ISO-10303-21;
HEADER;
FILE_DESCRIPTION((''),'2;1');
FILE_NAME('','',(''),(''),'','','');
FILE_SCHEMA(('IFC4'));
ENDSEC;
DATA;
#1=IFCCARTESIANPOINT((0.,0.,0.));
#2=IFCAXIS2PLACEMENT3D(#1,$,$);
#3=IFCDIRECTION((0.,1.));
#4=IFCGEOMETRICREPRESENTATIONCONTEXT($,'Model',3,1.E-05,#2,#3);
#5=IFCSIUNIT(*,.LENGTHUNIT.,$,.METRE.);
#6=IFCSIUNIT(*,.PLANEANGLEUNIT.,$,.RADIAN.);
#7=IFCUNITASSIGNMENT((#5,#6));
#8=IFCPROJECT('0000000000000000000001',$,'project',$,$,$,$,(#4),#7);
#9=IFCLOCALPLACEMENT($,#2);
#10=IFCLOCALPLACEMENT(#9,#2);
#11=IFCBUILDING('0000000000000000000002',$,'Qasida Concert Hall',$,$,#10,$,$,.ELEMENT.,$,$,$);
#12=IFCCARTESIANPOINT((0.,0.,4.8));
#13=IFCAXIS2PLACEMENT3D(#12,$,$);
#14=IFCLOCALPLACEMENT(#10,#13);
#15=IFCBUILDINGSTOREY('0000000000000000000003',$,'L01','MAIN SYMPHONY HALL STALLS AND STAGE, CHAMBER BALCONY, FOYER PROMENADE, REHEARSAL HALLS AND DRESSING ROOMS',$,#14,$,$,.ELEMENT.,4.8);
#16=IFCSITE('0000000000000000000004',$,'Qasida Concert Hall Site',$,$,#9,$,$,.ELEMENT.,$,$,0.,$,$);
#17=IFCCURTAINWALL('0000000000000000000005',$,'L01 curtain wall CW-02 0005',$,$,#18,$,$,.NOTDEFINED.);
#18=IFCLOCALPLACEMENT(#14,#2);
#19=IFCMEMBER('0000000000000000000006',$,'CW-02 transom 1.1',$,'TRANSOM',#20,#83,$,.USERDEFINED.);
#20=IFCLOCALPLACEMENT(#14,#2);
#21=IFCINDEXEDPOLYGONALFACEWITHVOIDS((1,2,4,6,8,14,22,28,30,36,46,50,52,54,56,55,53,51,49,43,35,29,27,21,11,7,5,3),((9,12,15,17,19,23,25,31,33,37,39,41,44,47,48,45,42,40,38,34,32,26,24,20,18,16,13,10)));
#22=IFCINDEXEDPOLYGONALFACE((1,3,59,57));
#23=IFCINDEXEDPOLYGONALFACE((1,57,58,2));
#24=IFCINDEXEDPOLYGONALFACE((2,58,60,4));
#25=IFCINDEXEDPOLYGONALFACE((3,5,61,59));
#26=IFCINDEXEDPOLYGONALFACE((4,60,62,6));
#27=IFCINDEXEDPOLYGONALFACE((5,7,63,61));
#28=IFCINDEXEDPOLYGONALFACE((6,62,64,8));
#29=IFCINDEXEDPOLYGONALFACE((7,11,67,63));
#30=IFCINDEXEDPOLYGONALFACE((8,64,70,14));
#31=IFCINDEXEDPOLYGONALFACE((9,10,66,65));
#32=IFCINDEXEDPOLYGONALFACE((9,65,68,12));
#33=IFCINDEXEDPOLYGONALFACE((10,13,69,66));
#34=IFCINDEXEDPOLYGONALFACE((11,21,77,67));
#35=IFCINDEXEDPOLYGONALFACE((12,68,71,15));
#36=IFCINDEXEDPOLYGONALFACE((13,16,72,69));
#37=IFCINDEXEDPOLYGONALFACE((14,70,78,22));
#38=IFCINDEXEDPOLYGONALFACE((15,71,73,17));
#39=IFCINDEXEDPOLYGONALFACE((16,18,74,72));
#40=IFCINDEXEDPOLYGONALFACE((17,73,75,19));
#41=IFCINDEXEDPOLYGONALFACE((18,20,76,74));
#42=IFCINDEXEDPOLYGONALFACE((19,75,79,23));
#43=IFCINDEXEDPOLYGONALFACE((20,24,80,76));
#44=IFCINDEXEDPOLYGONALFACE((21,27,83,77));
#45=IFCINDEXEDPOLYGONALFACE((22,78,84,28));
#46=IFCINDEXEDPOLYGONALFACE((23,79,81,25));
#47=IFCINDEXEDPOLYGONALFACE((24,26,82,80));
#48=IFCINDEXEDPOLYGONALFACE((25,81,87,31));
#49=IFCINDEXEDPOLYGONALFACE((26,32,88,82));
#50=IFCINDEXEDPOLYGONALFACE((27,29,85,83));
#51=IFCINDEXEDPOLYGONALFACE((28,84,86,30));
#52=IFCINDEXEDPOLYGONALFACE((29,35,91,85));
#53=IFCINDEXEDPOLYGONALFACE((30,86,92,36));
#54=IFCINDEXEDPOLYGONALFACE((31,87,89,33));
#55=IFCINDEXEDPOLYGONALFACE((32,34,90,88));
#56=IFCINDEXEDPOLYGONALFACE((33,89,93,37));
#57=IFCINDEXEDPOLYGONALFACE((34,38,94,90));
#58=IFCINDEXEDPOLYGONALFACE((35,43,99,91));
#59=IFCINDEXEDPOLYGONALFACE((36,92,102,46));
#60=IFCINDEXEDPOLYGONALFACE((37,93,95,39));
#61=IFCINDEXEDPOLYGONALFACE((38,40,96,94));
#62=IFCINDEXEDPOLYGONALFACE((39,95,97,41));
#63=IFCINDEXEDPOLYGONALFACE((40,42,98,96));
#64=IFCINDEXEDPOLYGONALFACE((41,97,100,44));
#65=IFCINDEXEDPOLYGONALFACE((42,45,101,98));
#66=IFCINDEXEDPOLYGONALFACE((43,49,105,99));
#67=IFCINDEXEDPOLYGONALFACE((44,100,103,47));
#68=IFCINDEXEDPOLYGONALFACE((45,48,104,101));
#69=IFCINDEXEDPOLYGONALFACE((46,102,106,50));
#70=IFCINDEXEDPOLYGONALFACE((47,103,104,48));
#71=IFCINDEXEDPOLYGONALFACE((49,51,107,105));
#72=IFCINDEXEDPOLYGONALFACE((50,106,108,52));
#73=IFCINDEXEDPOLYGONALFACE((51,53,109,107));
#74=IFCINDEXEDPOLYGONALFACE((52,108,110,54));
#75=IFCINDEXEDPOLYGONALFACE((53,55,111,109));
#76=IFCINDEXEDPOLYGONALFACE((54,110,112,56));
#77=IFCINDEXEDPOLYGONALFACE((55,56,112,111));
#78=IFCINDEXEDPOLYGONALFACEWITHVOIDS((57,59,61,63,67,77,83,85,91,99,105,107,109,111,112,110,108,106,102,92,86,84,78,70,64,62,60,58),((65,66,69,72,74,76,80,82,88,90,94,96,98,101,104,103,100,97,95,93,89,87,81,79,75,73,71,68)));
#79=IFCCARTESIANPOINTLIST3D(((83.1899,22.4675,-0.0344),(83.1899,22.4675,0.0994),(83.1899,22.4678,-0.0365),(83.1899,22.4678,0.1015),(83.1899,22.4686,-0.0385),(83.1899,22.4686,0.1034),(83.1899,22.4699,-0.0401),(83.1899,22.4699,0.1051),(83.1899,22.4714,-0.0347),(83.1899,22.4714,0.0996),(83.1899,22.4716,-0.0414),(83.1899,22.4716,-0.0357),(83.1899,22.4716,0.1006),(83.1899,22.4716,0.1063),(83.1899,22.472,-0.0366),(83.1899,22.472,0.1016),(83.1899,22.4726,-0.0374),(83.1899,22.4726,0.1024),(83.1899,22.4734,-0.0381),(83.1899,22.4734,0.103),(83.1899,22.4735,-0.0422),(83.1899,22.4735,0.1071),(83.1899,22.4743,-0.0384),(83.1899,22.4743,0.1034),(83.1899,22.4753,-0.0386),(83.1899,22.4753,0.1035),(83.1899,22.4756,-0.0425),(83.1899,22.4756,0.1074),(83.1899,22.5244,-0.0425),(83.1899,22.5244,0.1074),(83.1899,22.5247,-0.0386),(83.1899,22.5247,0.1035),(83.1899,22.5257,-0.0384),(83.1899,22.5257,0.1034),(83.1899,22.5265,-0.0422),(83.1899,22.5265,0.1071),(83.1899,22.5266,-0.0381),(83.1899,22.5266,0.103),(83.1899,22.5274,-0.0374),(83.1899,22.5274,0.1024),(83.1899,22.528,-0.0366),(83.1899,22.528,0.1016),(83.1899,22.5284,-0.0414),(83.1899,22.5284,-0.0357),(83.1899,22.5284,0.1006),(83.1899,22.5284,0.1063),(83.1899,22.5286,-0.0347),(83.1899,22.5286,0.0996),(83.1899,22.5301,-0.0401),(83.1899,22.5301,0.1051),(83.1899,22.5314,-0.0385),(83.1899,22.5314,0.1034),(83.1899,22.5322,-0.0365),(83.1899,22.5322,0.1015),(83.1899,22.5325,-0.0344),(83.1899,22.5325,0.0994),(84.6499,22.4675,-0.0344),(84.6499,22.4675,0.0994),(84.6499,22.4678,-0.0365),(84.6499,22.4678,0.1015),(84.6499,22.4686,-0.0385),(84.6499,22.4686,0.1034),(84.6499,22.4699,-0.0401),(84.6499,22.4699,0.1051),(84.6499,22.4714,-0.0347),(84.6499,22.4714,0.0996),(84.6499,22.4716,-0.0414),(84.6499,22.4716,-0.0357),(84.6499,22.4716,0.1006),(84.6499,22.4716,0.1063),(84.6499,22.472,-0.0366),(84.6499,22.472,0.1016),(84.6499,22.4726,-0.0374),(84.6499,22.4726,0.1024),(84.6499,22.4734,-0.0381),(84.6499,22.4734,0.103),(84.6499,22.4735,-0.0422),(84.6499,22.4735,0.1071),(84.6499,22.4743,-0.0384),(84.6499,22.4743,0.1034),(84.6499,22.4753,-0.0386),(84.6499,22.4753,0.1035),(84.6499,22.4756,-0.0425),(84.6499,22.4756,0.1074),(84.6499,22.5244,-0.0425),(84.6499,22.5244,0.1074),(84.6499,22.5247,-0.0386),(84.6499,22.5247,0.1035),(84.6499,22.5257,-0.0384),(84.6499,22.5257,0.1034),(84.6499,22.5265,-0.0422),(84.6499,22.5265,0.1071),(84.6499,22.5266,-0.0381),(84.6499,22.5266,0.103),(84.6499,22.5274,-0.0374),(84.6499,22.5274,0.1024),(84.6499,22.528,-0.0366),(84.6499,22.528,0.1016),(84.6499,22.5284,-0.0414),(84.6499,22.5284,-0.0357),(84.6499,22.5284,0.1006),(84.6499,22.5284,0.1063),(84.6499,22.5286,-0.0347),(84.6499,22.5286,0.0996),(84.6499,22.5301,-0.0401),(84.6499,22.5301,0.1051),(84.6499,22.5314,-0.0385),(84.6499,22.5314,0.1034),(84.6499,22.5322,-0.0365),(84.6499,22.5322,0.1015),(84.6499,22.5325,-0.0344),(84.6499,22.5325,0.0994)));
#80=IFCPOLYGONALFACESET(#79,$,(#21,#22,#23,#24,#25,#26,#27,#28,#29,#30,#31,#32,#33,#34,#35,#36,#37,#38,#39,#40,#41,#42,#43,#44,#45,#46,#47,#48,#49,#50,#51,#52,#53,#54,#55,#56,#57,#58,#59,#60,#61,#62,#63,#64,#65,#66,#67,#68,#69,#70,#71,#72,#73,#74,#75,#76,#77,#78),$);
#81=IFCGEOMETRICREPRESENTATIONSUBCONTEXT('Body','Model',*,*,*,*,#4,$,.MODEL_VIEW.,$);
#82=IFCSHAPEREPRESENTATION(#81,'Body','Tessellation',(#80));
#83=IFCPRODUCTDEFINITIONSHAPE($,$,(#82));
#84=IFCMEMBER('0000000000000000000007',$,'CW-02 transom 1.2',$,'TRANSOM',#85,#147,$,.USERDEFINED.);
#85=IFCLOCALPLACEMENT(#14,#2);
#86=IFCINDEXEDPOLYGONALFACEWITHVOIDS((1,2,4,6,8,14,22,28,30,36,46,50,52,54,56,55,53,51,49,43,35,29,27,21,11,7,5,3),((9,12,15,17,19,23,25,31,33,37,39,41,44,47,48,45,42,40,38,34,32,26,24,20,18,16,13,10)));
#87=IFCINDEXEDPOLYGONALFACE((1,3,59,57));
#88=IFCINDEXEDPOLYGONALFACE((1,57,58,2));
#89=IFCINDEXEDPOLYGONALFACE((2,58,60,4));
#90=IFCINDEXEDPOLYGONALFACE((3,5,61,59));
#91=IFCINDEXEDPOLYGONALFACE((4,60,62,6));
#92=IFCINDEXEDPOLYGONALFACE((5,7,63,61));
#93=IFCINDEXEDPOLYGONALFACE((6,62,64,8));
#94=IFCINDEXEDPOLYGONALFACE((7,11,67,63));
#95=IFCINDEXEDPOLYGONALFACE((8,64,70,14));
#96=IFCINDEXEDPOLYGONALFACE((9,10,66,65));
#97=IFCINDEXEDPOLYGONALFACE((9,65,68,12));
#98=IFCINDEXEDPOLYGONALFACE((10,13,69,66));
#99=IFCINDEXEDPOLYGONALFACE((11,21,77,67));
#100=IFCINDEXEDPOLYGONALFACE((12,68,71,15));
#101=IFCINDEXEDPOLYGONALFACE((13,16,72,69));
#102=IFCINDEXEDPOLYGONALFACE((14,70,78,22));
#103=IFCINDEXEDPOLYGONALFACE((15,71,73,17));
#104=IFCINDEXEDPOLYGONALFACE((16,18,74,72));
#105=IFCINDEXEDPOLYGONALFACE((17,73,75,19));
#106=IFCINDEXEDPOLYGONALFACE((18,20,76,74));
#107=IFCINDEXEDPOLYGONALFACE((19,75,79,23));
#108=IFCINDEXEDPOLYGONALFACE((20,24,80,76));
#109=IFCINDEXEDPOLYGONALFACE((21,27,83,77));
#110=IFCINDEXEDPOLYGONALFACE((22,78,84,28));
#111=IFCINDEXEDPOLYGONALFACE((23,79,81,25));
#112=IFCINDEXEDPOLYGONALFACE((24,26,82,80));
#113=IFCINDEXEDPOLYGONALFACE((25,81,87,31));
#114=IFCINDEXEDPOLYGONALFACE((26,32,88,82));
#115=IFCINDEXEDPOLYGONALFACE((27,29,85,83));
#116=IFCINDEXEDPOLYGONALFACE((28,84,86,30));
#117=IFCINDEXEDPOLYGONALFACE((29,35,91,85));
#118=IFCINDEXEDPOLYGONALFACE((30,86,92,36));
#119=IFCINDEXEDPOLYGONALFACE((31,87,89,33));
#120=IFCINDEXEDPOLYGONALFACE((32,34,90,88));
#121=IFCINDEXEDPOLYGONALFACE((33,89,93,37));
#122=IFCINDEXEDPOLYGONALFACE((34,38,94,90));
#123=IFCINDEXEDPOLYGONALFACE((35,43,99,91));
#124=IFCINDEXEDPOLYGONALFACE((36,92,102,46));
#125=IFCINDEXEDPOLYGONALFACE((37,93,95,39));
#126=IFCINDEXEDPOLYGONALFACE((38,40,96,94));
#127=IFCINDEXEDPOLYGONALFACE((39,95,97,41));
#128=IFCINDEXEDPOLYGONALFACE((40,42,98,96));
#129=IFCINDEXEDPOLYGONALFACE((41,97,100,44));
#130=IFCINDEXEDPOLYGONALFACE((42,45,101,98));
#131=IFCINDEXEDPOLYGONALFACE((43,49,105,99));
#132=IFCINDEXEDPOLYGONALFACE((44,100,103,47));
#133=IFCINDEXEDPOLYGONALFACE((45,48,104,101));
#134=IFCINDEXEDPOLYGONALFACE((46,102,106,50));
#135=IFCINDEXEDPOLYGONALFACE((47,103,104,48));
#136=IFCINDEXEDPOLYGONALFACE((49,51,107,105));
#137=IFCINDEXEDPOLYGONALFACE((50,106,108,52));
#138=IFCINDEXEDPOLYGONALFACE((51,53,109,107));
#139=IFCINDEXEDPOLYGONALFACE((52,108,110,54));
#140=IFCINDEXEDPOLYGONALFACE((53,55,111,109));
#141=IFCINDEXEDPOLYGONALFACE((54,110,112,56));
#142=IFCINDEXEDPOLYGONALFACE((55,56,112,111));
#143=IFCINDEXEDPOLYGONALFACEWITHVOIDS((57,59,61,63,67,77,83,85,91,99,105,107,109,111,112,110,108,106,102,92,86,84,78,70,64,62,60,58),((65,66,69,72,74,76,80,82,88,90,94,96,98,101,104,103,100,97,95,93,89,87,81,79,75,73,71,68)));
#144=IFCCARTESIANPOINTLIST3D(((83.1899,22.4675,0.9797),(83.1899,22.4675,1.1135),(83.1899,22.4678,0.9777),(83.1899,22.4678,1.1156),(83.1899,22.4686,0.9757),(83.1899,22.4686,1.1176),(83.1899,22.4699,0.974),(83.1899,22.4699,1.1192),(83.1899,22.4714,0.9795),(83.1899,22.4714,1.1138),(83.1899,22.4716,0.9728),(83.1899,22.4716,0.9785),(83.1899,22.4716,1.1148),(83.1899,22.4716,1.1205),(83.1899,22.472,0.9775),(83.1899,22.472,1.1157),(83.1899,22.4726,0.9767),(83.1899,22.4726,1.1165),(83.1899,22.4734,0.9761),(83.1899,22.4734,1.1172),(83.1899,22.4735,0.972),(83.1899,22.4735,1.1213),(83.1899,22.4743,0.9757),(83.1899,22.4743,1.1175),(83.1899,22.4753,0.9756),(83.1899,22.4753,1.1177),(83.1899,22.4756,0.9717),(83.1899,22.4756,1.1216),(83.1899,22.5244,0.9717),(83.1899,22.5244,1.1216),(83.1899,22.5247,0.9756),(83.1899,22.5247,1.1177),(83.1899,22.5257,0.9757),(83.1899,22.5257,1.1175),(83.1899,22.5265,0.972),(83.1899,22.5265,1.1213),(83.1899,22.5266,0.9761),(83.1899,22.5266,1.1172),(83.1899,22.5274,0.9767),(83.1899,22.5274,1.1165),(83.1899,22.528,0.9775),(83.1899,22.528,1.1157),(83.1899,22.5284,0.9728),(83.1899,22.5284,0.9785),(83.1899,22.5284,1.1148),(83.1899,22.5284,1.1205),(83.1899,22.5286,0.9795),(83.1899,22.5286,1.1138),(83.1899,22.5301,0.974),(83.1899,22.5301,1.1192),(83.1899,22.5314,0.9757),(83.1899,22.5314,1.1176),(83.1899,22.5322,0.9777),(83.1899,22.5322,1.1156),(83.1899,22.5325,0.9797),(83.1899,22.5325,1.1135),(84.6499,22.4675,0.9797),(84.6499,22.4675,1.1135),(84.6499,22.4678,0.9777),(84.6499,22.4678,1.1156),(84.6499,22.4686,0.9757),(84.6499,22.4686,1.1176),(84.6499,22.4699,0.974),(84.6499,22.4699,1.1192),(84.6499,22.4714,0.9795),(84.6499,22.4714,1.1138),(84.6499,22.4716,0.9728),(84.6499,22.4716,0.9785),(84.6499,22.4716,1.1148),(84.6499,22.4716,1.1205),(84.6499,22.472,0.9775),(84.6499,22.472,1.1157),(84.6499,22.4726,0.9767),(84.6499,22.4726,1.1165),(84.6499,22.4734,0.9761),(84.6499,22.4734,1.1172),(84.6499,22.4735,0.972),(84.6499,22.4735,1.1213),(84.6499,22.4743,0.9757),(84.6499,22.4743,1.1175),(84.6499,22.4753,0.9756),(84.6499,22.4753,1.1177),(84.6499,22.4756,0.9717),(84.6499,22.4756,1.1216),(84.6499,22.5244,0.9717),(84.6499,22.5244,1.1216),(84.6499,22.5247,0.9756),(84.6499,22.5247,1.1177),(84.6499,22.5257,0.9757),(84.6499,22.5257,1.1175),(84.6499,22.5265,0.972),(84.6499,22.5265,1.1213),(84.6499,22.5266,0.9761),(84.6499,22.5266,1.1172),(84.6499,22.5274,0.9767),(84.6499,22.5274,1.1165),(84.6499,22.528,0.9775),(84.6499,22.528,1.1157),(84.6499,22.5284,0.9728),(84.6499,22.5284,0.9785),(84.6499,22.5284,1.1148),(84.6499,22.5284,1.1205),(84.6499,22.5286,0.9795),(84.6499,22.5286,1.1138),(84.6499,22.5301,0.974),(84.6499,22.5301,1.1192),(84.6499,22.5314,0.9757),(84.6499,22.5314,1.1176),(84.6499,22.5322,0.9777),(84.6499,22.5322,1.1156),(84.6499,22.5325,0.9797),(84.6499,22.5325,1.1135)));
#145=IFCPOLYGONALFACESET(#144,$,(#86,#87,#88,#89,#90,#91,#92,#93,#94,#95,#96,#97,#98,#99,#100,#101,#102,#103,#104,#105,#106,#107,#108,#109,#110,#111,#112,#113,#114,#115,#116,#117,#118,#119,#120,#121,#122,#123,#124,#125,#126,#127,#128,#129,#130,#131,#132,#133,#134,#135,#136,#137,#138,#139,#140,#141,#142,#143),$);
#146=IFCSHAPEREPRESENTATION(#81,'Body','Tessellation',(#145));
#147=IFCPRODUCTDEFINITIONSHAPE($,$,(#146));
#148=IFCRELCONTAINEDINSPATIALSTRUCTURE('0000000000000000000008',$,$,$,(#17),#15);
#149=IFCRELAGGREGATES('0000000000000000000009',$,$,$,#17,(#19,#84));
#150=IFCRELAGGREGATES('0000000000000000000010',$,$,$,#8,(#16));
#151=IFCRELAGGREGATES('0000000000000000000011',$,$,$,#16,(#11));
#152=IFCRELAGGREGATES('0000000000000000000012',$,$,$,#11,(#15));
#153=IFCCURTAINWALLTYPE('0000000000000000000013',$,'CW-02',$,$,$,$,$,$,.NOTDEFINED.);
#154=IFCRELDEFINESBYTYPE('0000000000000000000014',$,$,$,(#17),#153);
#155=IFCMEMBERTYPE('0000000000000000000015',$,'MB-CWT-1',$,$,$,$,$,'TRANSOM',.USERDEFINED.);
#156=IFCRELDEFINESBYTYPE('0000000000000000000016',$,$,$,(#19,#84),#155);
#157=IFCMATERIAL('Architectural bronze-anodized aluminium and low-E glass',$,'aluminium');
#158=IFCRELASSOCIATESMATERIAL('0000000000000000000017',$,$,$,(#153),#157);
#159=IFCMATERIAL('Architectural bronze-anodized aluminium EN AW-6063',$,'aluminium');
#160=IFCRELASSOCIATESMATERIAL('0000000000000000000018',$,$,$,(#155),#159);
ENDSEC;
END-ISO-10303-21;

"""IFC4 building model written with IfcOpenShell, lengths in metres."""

from ifc_helpers import new_model, si_unit, direction, frame, origin, origin_2d, place, context, subcontext, project, spatial, hollow_rectangle, extrude, material, material_profile, profile_set, type_object, element, aggregate, save


model = new_model("IFC4")

# Units and contexts
model_context = context("Model", 3, precision=1e-05, world=origin(), true_north=direction((0.0, 1.0)))
body_context = subcontext(model_context, "Body", "Model", "MODEL_VIEW")
ifc_project = project(units=[si_unit("LENGTHUNIT", "METRE"), si_unit("PLANEANGLEUNIT", "RADIAN")], contexts=[model_context])

# Site, building, storey
site_placement = place(None, origin())
site = spatial("IfcSite", under=ifc_project, at=site_placement, Name="Qasida Concert Hall Site", CompositionType="ELEMENT", RefElevation=0.0)
building_placement = place(site_placement, origin())
building = spatial("IfcBuilding", under=site, at=building_placement, Name="Qasida Concert Hall", CompositionType="ELEMENT")
storey_placement = place(building_placement, frame((0.0, 0.0, 4.8)))
storey = spatial("IfcBuildingStorey", under=building, at=storey_placement, Name="L01", Description="MAIN SYMPHONY HALL STALLS AND STAGE, CHAMBER BALCONY, FOYER PROMENADE, REHEARSAL HALLS AND DRESSING ROOMS", CompositionType="ELEMENT", Elevation=4.8)

# Shared definitions
ifc_material_1 = material(Name="Architectural bronze-anodized aluminium and low-E glass", Category="aluminium")
curtain_wall_type = type_object("IfcCurtainWallType", Name="CW-02", PredefinedType="NOTDEFINED", material=ifc_material_1)
ifc_material_2 = material(Name="Architectural bronze-anodized aluminium EN AW-6063", Category="aluminium")

# Curtain wall
curtain_wall_1_placement = place(storey_placement, origin())
curtain_wall_1 = element("IfcCurtainWall", 1, at=curtain_wall_1_placement, inside=storey, type_object=curtain_wall_type, Name="L01 curtain wall CW-02 0005", PredefinedType="NOTDEFINED")

# Members
ifc_material_profile_1 = material_profile(ifc_material_2, hollow_rectangle(XDim=0.0649, YDim=0.1499, WallThickness=0.0039, InnerFilletRadius=0.0039, OuterFilletRadius=0.0081, at=origin_2d()), Name="CWT 150x65x4")
ifc_profile_set_1 = profile_set([ifc_material_profile_1], Name="Architectural bronze-anodized aluminium EN AW-6063")
member_type_1 = type_object("IfcMemberType", Name="MB-CWT-1", ElementType="TRANSOM", PredefinedType="USERDEFINED", material=ifc_profile_set_1)
member_1_placement = place(storey_placement, frame((83.1899, 22.5, 0.0325), z_axis=(1.0, 0.0, 0.0), x_axis=(0.0, 1.0, 0.0)))
member_1 = element("IfcMember", 2, at=member_1_placement, type_object=member_type_1, Name="CW-02 transom 1.1", ObjectType="TRANSOM", PredefinedType="USERDEFINED", context=body_context, shape_type="SweptSolid", body=[
    extrude(hollow_rectangle(XDim=0.0649, YDim=0.1499, WallThickness=0.0039, InnerFilletRadius=0.0039, OuterFilletRadius=0.0081, at=origin_2d()), origin(), (0.0, 0.0, 1.0), 1.46),
])
member_2_placement = place(storey_placement, frame((83.1899, 22.5, 1.0466), z_axis=(1.0, 0.0, 0.0), x_axis=(0.0, 1.0, 0.0)))
member_2 = element("IfcMember", 3, at=member_2_placement, type_object=member_type_1, Name="CW-02 transom 1.2", ObjectType="TRANSOM", PredefinedType="USERDEFINED", context=body_context, shape_type="SweptSolid", body=[
    extrude(hollow_rectangle(XDim=0.0649, YDim=0.1499, WallThickness=0.0039, InnerFilletRadius=0.0039, OuterFilletRadius=0.0081, at=origin_2d()), origin(), (0.0, 0.0, 1.0), 1.46),
])

aggregate(curtain_wall_1, [member_1, member_2])

save(model, "model.ifc")
